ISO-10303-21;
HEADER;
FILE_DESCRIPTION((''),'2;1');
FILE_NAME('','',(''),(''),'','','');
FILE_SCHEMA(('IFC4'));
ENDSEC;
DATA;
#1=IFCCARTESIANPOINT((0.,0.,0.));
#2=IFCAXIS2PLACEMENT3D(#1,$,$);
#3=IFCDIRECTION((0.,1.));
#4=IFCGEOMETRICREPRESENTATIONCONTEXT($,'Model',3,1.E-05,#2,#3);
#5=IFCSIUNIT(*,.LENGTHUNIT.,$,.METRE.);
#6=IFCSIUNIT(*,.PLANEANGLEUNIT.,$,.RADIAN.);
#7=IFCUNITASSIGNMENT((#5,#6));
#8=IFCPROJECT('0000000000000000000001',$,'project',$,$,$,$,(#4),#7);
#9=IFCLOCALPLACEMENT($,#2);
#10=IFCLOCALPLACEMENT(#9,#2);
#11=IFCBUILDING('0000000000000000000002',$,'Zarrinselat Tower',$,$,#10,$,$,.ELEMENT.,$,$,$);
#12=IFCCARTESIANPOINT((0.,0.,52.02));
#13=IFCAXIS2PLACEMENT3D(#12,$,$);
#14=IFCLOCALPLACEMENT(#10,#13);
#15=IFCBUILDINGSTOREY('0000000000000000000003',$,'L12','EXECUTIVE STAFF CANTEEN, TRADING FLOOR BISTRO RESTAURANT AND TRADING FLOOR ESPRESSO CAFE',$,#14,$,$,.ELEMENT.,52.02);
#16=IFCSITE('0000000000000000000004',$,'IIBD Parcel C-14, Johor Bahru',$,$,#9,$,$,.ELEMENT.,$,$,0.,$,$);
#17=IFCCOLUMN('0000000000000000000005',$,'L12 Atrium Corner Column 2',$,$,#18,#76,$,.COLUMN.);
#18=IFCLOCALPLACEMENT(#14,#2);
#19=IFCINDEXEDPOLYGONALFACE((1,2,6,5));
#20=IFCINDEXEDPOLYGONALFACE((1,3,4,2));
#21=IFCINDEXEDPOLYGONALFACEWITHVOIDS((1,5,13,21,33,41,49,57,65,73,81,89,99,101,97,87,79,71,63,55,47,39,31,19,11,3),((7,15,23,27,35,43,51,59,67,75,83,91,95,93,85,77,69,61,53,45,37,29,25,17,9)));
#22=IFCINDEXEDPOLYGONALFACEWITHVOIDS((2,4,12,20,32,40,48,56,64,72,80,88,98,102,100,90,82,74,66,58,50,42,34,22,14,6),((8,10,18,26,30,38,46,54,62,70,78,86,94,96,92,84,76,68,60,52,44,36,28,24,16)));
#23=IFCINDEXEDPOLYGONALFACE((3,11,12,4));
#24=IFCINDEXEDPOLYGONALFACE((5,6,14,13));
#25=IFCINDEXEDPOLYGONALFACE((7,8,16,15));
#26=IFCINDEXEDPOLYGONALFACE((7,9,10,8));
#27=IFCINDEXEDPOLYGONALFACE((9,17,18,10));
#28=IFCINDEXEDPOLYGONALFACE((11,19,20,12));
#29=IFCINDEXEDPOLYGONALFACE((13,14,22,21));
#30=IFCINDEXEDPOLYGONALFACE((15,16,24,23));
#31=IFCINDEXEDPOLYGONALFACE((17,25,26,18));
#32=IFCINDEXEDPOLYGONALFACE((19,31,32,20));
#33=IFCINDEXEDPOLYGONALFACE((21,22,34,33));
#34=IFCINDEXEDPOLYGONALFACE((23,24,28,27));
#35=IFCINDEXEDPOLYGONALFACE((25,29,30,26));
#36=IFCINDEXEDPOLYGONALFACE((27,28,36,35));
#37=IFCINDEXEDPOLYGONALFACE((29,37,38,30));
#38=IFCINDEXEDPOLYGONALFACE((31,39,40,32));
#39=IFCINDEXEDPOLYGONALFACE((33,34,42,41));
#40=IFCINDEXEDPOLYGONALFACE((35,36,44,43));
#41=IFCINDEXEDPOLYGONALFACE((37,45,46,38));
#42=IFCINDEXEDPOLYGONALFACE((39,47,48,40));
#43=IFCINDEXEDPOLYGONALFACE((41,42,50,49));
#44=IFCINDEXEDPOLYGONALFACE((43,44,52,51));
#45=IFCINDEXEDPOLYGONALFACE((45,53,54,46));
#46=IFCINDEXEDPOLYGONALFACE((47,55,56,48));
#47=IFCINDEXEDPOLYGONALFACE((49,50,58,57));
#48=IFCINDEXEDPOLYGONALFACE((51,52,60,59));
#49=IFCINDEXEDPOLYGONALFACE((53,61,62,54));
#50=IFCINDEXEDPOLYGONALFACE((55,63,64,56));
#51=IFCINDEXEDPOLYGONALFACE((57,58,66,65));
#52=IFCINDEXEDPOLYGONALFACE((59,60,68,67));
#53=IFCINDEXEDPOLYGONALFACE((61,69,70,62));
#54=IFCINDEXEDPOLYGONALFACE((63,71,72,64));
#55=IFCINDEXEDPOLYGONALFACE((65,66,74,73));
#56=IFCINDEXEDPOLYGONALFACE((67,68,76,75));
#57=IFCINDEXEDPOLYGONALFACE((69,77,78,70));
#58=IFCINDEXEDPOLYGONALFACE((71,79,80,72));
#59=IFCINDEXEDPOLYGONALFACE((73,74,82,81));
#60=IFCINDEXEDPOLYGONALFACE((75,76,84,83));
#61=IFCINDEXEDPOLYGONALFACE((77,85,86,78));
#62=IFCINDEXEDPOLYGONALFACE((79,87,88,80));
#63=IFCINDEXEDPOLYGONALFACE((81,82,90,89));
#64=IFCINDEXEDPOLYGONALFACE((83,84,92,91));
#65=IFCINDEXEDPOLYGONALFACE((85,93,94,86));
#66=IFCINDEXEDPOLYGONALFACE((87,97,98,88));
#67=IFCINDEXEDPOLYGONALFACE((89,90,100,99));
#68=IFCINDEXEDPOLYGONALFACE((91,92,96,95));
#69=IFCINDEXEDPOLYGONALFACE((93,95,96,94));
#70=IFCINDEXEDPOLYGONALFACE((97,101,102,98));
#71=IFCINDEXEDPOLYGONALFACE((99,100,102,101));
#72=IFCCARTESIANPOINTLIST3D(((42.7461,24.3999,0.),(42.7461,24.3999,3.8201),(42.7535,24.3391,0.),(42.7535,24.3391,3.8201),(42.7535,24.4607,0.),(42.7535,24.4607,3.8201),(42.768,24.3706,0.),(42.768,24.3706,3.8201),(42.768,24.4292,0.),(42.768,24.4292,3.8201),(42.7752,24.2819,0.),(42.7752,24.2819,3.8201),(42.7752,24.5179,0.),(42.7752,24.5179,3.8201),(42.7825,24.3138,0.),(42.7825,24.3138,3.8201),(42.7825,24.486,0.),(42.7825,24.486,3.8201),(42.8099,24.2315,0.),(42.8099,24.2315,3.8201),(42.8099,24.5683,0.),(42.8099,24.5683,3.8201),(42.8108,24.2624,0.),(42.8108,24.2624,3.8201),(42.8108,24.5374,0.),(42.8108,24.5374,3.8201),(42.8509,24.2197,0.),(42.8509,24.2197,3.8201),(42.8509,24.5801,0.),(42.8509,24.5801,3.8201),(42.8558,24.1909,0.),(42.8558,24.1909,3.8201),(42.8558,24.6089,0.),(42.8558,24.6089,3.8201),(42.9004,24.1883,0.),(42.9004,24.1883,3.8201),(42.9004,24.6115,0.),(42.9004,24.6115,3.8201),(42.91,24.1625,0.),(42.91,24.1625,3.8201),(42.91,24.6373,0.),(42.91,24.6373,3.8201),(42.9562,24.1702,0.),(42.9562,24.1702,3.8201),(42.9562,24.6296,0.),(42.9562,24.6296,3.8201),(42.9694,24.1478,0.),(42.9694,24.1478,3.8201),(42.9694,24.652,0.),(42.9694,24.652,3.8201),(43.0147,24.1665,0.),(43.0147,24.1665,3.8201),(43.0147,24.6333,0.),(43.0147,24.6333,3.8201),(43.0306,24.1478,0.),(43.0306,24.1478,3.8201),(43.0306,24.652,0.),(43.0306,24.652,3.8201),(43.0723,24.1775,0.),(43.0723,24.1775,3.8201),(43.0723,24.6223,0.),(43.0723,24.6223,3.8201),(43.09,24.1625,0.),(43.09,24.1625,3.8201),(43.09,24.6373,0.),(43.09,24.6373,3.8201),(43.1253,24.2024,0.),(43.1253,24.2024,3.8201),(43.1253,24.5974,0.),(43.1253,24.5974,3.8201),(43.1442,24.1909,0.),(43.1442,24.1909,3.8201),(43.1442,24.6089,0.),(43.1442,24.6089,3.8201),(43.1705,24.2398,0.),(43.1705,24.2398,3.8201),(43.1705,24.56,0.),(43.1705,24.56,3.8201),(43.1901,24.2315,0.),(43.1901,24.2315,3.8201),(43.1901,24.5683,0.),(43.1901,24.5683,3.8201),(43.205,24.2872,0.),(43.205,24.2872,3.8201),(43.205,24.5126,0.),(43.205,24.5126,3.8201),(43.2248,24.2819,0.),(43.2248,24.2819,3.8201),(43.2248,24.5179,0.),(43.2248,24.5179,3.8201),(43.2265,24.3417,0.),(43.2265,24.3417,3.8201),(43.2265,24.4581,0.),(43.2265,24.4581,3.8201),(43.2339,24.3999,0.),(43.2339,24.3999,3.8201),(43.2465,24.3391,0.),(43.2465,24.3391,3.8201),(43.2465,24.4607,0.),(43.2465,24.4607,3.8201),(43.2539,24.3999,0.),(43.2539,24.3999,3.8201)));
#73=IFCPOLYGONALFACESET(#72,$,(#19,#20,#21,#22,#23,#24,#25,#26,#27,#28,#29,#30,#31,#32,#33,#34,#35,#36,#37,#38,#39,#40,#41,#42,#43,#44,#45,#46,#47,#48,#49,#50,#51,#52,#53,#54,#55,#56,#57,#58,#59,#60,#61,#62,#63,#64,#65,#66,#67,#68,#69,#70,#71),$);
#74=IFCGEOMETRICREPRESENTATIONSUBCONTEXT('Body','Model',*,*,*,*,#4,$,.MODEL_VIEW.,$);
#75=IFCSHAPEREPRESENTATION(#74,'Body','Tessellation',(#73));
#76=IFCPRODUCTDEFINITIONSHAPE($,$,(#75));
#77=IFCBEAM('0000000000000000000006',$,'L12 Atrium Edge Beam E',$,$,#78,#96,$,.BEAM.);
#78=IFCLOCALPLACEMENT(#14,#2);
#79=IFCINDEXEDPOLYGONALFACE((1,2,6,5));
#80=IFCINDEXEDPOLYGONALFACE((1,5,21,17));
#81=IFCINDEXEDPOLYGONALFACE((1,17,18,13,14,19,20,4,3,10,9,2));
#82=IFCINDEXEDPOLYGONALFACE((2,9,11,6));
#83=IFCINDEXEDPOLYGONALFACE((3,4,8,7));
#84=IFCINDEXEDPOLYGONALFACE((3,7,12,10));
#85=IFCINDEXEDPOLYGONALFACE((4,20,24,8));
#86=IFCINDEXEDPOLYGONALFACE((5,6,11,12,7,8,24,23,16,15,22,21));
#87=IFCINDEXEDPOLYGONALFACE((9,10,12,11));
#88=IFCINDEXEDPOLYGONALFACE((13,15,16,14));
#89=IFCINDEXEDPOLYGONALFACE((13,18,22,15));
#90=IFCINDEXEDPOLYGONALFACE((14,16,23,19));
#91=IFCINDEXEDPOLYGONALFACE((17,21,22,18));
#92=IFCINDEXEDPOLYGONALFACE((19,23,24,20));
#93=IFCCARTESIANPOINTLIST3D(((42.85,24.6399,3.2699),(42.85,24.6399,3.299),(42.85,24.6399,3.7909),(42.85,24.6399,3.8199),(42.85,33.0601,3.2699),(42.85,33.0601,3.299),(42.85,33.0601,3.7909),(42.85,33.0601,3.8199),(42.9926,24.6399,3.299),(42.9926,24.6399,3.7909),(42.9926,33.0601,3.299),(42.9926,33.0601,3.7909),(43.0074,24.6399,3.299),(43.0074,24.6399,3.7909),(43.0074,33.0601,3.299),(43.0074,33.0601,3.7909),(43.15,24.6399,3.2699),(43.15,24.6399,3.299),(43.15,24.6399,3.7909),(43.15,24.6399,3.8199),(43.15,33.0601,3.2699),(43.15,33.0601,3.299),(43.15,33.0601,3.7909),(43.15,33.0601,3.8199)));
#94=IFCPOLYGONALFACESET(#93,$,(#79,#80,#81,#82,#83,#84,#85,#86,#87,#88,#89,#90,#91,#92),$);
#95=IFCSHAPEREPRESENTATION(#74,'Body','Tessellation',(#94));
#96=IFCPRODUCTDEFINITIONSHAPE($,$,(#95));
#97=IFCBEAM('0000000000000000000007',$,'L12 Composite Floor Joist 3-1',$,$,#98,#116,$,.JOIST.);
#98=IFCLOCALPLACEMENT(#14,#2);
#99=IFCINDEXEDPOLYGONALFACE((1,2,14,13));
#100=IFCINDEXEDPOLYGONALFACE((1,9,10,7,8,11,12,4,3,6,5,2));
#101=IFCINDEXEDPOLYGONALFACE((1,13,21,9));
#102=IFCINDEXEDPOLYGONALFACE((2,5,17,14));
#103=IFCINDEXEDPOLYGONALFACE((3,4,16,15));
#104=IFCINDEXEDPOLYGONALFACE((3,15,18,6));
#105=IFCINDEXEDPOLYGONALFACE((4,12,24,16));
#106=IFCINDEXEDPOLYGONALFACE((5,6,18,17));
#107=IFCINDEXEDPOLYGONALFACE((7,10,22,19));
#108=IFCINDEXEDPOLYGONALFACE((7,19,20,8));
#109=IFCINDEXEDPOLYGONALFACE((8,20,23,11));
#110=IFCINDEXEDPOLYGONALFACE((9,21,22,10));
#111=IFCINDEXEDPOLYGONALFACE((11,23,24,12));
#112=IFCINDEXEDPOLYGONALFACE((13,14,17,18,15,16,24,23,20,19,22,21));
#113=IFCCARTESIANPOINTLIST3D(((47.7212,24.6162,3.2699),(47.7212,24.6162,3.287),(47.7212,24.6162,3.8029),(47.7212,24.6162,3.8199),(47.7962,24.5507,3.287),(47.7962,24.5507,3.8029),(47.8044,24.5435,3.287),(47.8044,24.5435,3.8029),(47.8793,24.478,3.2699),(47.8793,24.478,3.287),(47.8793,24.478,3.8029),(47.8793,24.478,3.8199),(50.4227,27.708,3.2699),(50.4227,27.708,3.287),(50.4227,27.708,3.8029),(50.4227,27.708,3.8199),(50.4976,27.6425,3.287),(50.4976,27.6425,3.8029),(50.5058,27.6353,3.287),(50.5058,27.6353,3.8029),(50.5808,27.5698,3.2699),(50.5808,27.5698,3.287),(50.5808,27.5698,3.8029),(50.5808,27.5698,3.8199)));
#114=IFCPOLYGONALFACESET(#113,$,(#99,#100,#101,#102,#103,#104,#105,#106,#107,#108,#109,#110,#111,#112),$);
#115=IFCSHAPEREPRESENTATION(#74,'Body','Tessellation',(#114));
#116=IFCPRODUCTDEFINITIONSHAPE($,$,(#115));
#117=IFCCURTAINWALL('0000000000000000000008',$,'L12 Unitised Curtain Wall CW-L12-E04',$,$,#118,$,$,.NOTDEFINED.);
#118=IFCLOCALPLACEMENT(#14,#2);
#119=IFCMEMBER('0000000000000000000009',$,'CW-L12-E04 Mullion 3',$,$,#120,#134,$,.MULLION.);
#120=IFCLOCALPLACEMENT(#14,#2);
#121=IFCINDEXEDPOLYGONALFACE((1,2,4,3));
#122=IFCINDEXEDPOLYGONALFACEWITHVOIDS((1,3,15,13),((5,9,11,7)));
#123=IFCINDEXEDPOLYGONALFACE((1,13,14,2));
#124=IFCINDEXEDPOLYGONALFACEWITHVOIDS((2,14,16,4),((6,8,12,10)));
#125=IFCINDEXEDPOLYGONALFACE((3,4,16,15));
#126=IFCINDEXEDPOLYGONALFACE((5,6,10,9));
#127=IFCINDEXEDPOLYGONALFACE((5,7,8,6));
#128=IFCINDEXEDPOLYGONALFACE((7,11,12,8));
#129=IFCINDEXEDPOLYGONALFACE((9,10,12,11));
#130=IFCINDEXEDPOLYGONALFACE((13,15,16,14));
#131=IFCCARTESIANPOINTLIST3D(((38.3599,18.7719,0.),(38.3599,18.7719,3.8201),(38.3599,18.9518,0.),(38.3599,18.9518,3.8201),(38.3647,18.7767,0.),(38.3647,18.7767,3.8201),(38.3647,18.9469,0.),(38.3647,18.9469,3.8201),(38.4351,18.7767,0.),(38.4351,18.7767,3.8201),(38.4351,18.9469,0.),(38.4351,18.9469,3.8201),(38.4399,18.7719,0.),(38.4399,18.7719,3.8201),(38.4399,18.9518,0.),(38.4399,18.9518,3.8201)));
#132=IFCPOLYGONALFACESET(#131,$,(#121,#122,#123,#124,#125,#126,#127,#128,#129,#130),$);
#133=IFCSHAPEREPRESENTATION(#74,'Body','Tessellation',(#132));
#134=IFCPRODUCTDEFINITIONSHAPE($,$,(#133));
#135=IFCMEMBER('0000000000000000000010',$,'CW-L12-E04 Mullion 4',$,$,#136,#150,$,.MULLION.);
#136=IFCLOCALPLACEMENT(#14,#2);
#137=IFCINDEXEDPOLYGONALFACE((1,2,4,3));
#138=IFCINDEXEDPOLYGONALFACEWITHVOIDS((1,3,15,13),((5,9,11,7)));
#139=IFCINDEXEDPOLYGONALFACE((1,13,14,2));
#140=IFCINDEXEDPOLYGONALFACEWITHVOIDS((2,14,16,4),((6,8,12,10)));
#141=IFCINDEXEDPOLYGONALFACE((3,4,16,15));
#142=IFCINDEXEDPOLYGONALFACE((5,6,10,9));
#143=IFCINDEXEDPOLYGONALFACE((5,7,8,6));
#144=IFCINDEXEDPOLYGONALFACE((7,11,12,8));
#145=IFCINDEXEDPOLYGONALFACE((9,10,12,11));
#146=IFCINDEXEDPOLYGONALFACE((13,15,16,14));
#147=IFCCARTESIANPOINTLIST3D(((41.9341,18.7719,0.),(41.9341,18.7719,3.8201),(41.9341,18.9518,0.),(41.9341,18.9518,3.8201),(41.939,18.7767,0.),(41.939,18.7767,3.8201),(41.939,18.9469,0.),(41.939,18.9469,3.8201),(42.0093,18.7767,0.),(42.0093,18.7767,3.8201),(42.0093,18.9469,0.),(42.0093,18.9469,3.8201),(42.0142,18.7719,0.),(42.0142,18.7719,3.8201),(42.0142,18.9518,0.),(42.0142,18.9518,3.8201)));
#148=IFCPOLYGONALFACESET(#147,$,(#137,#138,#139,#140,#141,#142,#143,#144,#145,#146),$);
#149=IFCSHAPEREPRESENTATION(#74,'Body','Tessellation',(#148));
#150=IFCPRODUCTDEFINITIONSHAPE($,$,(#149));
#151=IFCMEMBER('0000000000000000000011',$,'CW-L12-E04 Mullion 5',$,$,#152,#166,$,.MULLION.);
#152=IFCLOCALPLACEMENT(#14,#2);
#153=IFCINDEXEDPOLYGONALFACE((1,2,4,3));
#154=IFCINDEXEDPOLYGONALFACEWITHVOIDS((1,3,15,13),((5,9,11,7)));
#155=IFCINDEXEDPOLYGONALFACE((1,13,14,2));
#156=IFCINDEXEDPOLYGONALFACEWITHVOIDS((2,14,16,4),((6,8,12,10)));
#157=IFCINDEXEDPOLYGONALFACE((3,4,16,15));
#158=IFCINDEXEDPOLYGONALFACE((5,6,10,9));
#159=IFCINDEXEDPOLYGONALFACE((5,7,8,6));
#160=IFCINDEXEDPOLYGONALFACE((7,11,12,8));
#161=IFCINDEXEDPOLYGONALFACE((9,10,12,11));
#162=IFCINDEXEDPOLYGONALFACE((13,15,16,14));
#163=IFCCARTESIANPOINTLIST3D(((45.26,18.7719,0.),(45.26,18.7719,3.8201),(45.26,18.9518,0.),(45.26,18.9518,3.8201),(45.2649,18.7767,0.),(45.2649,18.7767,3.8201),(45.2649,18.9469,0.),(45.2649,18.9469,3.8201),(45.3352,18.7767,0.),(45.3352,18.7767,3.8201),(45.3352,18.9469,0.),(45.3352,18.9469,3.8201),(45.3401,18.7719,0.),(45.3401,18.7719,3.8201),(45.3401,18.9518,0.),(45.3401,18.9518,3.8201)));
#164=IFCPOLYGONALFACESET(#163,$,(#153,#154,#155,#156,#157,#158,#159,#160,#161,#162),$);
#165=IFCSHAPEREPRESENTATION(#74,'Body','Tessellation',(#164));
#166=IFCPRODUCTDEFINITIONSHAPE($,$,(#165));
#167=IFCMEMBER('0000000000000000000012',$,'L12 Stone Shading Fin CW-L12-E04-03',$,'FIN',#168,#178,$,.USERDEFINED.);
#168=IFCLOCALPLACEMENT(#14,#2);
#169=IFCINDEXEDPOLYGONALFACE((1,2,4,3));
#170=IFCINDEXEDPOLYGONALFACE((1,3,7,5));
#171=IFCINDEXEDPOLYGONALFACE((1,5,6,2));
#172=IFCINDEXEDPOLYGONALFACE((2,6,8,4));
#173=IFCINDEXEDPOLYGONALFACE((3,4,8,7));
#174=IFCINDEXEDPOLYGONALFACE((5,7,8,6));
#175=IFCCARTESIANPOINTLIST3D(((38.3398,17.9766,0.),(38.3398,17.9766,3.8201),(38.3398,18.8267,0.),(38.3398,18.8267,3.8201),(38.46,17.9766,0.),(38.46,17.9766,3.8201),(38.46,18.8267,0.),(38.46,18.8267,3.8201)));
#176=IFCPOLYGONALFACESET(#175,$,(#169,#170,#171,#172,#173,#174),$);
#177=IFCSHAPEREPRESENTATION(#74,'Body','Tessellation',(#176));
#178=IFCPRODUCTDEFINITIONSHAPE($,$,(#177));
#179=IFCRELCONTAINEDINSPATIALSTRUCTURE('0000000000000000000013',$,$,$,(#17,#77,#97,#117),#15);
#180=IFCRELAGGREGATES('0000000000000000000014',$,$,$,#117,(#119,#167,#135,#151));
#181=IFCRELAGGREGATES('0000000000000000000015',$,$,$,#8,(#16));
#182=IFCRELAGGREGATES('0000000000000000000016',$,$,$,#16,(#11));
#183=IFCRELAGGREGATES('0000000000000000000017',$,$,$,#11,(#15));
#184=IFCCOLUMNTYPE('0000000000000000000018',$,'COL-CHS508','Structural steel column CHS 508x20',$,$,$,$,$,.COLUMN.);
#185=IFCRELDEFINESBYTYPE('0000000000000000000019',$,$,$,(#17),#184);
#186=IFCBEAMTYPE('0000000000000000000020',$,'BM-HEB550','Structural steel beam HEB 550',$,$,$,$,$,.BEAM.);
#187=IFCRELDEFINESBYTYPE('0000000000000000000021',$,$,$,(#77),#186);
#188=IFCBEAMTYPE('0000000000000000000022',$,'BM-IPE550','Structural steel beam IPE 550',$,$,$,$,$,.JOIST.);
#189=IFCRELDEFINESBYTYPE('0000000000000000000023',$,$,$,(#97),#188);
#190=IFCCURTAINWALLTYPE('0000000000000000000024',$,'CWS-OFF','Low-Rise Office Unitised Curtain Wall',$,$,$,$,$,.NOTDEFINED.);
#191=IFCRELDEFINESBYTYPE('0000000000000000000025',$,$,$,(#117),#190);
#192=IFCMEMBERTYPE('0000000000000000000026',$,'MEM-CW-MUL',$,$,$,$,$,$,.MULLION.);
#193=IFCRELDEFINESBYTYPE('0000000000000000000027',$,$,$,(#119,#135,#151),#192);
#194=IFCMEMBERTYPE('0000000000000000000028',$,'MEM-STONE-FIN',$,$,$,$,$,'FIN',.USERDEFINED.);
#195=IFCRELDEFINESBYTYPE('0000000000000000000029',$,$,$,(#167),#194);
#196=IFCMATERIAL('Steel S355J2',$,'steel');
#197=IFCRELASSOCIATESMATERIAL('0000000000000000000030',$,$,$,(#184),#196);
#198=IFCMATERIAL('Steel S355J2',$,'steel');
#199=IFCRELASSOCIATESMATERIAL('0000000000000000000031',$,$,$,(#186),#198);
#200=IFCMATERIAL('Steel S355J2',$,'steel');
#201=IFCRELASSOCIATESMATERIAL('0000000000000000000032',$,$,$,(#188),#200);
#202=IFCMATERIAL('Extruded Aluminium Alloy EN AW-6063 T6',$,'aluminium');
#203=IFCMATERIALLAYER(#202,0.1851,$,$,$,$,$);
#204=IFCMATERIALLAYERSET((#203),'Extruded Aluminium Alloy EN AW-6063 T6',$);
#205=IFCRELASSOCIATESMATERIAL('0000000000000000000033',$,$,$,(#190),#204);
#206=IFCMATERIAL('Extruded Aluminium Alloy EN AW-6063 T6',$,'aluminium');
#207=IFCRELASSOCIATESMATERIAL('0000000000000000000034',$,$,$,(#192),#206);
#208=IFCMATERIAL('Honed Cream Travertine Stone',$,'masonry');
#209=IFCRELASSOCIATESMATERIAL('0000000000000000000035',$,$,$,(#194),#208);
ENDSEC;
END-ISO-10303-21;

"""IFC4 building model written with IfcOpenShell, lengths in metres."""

from ifc_helpers import new_model, si_unit, direction, frame, origin, origin_2d, place, context, subcontext, project, spatial, rectangle, hollow_rectangle, hollow_circle, i_section, extrude, material, layer, layer_set, material_profile, profile_set, type_object, element, aggregate, save


model = new_model("IFC4")

# Units and contexts
model_context = context("Model", 3, precision=1e-05, world=origin(), true_north=direction((0.0, 1.0)))
body_context = subcontext(model_context, "Body", "Model", "MODEL_VIEW")
ifc_project = project(units=[si_unit("LENGTHUNIT", "METRE"), si_unit("PLANEANGLEUNIT", "RADIAN")], contexts=[model_context])

# Site, building, storey
site_placement = place(None, origin())
site = spatial("IfcSite", under=ifc_project, at=site_placement, Name="IIBD Parcel C-14, Johor Bahru", CompositionType="ELEMENT", RefElevation=0.0)
building_placement = place(site_placement, origin())
building = spatial("IfcBuilding", under=site, at=building_placement, Name="Zarrinselat Tower", CompositionType="ELEMENT")
storey_placement = place(building_placement, frame((0.0, 0.0, 52.02)))
storey = spatial("IfcBuildingStorey", under=building, at=storey_placement, Name="L12", Description="EXECUTIVE STAFF CANTEEN, TRADING FLOOR BISTRO RESTAURANT AND TRADING FLOOR ESPRESSO CAFE", CompositionType="ELEMENT", Elevation=52.02)

# Column
ifc_material_1 = material(Name="Steel S355J2", Category="steel")
ifc_material_profile_1 = material_profile(ifc_material_1, hollow_circle(Radius=0.2539, WallThickness=0.02, at=origin_2d()), Name="CHS 508x20")
ifc_profile_set_1 = profile_set([ifc_material_profile_1], Name="Steel S355J2")
column_type = type_object("IfcColumnType", Name="COL-CHS508", Description="Structural steel column CHS 508x20", PredefinedType="COLUMN", material=ifc_profile_set_1)
column_placement = place(storey_placement, frame((43.0, 24.3999, 0.0), z_axis=(0.0, 0.0, 1.0), x_axis=(1.0, 0.0, 0.0)))
element("IfcColumn", 1, at=column_placement, inside=storey, type_object=column_type, Name="L12 Atrium Corner Column 2", PredefinedType="COLUMN", context=body_context, shape_type="SweptSolid", body=[
    extrude(hollow_circle(Radius=0.2539, WallThickness=0.02, at=origin_2d()), origin(), (0.0, 0.0, 1.0), 3.8201),
])

# Beams
ifc_material_2 = material(Name="Steel S355J2", Category="steel")
ifc_material_profile_2 = material_profile(ifc_material_2, i_section(OverallWidth=0.3, OverallDepth=0.55, WebThickness=0.0149, FlangeThickness=0.0291, at=origin_2d()), Name="HEB 550")
ifc_profile_set_2 = profile_set([ifc_material_profile_2], Name="Steel S355J2")
beam_type_1 = type_object("IfcBeamType", Name="BM-HEB550", Description="Structural steel beam HEB 550", PredefinedType="BEAM", material=ifc_profile_set_2)
beam_1_placement = place(storey_placement, frame((43.0, 24.6399, 3.5449), z_axis=(0.0, 1.0, 0.0), x_axis=(-1.0, 0.0, 0.0)))
element("IfcBeam", 2, at=beam_1_placement, inside=storey, type_object=beam_type_1, Name="L12 Atrium Edge Beam E", PredefinedType="BEAM", context=body_context, shape_type="SweptSolid", body=[
    extrude(i_section(OverallWidth=0.3, OverallDepth=0.55, WebThickness=0.0149, FlangeThickness=0.0291, at=origin_2d()), origin(), (0.0, 0.0, 1.0), 8.4202),
])
ifc_material_3 = material(Name="Steel S355J2", Category="steel")
ifc_material_profile_3 = material_profile(ifc_material_3, i_section(OverallWidth=0.21, OverallDepth=0.55, WebThickness=0.011, FlangeThickness=0.0171, at=origin_2d()), Name="IPE 550")
ifc_profile_set_3 = profile_set([ifc_material_profile_3], Name="Steel S355J2")
beam_type_2 = type_object("IfcBeamType", Name="BM-IPE550", Description="Structural steel beam IPE 550", PredefinedType="JOIST", material=ifc_profile_set_3)
beam_2_placement = place(storey_placement, frame((47.8003, 24.5471, 3.5449), z_axis=(0.657966, 0.753048, 0.0), x_axis=(-0.753048, 0.657966, 0.0)))
element("IfcBeam", 3, at=beam_2_placement, inside=storey, type_object=beam_type_2, Name="L12 Composite Floor Joist 3-1", PredefinedType="JOIST", context=body_context, shape_type="SweptSolid", body=[
    extrude(i_section(OverallWidth=0.21, OverallDepth=0.55, WebThickness=0.011, FlangeThickness=0.0171, at=origin_2d()), origin(), (0.0, 0.0, 1.0), 4.1057),
])

# Curtain wall, members
ifc_material_4 = material(Name="Extruded Aluminium Alloy EN AW-6063 T6", Category="aluminium")
ifc_layer_1 = layer(ifc_material_4, 0.1851)
ifc_layer_set_1 = layer_set([ifc_layer_1], Name="Extruded Aluminium Alloy EN AW-6063 T6")
curtain_wall_type = type_object("IfcCurtainWallType", Name="CWS-OFF", Description="Low-Rise Office Unitised Curtain Wall", PredefinedType="NOTDEFINED", material=ifc_layer_set_1)
curtain_wall_placement = place(storey_placement, origin())
curtain_wall = element("IfcCurtainWall", 4, at=curtain_wall_placement, inside=storey, type_object=curtain_wall_type, Name="L12 Unitised Curtain Wall CW-L12-E04", PredefinedType="NOTDEFINED")
ifc_material_5 = material(Name="Extruded Aluminium Alloy EN AW-6063 T6", Category="aluminium")
ifc_material_profile_4 = material_profile(ifc_material_5, hollow_rectangle(XDim=0.0801, YDim=0.1799, WallThickness=0.0049, at=origin_2d()), Name="RHS 180x80x5")
ifc_profile_set_4 = profile_set([ifc_material_profile_4], Name="Extruded Aluminium Alloy EN AW-6063 T6")
member_type_1 = type_object("IfcMemberType", Name="MEM-CW-MUL", PredefinedType="MULLION", material=ifc_profile_set_4)
member_1_placement = place(storey_placement, frame((38.3999, 18.8618, 0.0), z_axis=(0.0, 0.0, 1.0), x_axis=(1.0, 0.0, 0.0)))
member_1 = element("IfcMember", 5, at=member_1_placement, type_object=member_type_1, Name="CW-L12-E04 Mullion 3", PredefinedType="MULLION", context=body_context, shape_type="SweptSolid", body=[
    extrude(hollow_rectangle(XDim=0.0801, YDim=0.1799, WallThickness=0.0049, at=origin_2d()), origin(), (0.0, 0.0, 1.0), 3.8201),
])
member_2_placement = place(storey_placement, frame((41.9741, 18.8618, 0.0), z_axis=(0.0, 0.0, 1.0), x_axis=(1.0, 0.0, 0.0)))
member_2 = element("IfcMember", 6, at=member_2_placement, type_object=member_type_1, Name="CW-L12-E04 Mullion 4", PredefinedType="MULLION", context=body_context, shape_type="SweptSolid", body=[
    extrude(hollow_rectangle(XDim=0.0801, YDim=0.1799, WallThickness=0.0049, at=origin_2d()), origin(), (0.0, 0.0, 1.0), 3.8201),
])
member_3_placement = place(storey_placement, frame((45.3, 18.8618, 0.0), z_axis=(0.0, 0.0, 1.0), x_axis=(1.0, 0.0, 0.0)))
member_3 = element("IfcMember", 7, at=member_3_placement, type_object=member_type_1, Name="CW-L12-E04 Mullion 5", PredefinedType="MULLION", context=body_context, shape_type="SweptSolid", body=[
    extrude(hollow_rectangle(XDim=0.0801, YDim=0.1799, WallThickness=0.0049, at=origin_2d()), origin(), (0.0, 0.0, 1.0), 3.8201),
])
ifc_material_6 = material(Name="Honed Cream Travertine Stone", Category="masonry")
ifc_material_profile_5 = material_profile(ifc_material_6, rectangle(XDim=0.1201, YDim=0.8501, at=origin_2d()), Name="FIN 850x120")
ifc_profile_set_5 = profile_set([ifc_material_profile_5], Name="Honed Cream Travertine Stone")
member_type_2 = type_object("IfcMemberType", Name="MEM-STONE-FIN", ElementType="FIN", PredefinedType="USERDEFINED", material=ifc_profile_set_5)
member_4_placement = place(storey_placement, frame((38.3999, 18.4016, 0.0), z_axis=(0.0, 0.0, 1.0), x_axis=(-1.0, 0.0, 0.0)))
member_4 = element("IfcMember", 8, at=member_4_placement, type_object=member_type_2, Name="L12 Stone Shading Fin CW-L12-E04-03", ObjectType="FIN", PredefinedType="USERDEFINED", context=body_context, shape_type="SweptSolid", body=[
    extrude(rectangle(XDim=0.1201, YDim=0.8501, at=origin_2d()), origin(), (0.0, 0.0, 1.0), 3.8201),
])
aggregate(curtain_wall, [member_1, member_4, member_2, member_3])

save(model, "model.ifc")
